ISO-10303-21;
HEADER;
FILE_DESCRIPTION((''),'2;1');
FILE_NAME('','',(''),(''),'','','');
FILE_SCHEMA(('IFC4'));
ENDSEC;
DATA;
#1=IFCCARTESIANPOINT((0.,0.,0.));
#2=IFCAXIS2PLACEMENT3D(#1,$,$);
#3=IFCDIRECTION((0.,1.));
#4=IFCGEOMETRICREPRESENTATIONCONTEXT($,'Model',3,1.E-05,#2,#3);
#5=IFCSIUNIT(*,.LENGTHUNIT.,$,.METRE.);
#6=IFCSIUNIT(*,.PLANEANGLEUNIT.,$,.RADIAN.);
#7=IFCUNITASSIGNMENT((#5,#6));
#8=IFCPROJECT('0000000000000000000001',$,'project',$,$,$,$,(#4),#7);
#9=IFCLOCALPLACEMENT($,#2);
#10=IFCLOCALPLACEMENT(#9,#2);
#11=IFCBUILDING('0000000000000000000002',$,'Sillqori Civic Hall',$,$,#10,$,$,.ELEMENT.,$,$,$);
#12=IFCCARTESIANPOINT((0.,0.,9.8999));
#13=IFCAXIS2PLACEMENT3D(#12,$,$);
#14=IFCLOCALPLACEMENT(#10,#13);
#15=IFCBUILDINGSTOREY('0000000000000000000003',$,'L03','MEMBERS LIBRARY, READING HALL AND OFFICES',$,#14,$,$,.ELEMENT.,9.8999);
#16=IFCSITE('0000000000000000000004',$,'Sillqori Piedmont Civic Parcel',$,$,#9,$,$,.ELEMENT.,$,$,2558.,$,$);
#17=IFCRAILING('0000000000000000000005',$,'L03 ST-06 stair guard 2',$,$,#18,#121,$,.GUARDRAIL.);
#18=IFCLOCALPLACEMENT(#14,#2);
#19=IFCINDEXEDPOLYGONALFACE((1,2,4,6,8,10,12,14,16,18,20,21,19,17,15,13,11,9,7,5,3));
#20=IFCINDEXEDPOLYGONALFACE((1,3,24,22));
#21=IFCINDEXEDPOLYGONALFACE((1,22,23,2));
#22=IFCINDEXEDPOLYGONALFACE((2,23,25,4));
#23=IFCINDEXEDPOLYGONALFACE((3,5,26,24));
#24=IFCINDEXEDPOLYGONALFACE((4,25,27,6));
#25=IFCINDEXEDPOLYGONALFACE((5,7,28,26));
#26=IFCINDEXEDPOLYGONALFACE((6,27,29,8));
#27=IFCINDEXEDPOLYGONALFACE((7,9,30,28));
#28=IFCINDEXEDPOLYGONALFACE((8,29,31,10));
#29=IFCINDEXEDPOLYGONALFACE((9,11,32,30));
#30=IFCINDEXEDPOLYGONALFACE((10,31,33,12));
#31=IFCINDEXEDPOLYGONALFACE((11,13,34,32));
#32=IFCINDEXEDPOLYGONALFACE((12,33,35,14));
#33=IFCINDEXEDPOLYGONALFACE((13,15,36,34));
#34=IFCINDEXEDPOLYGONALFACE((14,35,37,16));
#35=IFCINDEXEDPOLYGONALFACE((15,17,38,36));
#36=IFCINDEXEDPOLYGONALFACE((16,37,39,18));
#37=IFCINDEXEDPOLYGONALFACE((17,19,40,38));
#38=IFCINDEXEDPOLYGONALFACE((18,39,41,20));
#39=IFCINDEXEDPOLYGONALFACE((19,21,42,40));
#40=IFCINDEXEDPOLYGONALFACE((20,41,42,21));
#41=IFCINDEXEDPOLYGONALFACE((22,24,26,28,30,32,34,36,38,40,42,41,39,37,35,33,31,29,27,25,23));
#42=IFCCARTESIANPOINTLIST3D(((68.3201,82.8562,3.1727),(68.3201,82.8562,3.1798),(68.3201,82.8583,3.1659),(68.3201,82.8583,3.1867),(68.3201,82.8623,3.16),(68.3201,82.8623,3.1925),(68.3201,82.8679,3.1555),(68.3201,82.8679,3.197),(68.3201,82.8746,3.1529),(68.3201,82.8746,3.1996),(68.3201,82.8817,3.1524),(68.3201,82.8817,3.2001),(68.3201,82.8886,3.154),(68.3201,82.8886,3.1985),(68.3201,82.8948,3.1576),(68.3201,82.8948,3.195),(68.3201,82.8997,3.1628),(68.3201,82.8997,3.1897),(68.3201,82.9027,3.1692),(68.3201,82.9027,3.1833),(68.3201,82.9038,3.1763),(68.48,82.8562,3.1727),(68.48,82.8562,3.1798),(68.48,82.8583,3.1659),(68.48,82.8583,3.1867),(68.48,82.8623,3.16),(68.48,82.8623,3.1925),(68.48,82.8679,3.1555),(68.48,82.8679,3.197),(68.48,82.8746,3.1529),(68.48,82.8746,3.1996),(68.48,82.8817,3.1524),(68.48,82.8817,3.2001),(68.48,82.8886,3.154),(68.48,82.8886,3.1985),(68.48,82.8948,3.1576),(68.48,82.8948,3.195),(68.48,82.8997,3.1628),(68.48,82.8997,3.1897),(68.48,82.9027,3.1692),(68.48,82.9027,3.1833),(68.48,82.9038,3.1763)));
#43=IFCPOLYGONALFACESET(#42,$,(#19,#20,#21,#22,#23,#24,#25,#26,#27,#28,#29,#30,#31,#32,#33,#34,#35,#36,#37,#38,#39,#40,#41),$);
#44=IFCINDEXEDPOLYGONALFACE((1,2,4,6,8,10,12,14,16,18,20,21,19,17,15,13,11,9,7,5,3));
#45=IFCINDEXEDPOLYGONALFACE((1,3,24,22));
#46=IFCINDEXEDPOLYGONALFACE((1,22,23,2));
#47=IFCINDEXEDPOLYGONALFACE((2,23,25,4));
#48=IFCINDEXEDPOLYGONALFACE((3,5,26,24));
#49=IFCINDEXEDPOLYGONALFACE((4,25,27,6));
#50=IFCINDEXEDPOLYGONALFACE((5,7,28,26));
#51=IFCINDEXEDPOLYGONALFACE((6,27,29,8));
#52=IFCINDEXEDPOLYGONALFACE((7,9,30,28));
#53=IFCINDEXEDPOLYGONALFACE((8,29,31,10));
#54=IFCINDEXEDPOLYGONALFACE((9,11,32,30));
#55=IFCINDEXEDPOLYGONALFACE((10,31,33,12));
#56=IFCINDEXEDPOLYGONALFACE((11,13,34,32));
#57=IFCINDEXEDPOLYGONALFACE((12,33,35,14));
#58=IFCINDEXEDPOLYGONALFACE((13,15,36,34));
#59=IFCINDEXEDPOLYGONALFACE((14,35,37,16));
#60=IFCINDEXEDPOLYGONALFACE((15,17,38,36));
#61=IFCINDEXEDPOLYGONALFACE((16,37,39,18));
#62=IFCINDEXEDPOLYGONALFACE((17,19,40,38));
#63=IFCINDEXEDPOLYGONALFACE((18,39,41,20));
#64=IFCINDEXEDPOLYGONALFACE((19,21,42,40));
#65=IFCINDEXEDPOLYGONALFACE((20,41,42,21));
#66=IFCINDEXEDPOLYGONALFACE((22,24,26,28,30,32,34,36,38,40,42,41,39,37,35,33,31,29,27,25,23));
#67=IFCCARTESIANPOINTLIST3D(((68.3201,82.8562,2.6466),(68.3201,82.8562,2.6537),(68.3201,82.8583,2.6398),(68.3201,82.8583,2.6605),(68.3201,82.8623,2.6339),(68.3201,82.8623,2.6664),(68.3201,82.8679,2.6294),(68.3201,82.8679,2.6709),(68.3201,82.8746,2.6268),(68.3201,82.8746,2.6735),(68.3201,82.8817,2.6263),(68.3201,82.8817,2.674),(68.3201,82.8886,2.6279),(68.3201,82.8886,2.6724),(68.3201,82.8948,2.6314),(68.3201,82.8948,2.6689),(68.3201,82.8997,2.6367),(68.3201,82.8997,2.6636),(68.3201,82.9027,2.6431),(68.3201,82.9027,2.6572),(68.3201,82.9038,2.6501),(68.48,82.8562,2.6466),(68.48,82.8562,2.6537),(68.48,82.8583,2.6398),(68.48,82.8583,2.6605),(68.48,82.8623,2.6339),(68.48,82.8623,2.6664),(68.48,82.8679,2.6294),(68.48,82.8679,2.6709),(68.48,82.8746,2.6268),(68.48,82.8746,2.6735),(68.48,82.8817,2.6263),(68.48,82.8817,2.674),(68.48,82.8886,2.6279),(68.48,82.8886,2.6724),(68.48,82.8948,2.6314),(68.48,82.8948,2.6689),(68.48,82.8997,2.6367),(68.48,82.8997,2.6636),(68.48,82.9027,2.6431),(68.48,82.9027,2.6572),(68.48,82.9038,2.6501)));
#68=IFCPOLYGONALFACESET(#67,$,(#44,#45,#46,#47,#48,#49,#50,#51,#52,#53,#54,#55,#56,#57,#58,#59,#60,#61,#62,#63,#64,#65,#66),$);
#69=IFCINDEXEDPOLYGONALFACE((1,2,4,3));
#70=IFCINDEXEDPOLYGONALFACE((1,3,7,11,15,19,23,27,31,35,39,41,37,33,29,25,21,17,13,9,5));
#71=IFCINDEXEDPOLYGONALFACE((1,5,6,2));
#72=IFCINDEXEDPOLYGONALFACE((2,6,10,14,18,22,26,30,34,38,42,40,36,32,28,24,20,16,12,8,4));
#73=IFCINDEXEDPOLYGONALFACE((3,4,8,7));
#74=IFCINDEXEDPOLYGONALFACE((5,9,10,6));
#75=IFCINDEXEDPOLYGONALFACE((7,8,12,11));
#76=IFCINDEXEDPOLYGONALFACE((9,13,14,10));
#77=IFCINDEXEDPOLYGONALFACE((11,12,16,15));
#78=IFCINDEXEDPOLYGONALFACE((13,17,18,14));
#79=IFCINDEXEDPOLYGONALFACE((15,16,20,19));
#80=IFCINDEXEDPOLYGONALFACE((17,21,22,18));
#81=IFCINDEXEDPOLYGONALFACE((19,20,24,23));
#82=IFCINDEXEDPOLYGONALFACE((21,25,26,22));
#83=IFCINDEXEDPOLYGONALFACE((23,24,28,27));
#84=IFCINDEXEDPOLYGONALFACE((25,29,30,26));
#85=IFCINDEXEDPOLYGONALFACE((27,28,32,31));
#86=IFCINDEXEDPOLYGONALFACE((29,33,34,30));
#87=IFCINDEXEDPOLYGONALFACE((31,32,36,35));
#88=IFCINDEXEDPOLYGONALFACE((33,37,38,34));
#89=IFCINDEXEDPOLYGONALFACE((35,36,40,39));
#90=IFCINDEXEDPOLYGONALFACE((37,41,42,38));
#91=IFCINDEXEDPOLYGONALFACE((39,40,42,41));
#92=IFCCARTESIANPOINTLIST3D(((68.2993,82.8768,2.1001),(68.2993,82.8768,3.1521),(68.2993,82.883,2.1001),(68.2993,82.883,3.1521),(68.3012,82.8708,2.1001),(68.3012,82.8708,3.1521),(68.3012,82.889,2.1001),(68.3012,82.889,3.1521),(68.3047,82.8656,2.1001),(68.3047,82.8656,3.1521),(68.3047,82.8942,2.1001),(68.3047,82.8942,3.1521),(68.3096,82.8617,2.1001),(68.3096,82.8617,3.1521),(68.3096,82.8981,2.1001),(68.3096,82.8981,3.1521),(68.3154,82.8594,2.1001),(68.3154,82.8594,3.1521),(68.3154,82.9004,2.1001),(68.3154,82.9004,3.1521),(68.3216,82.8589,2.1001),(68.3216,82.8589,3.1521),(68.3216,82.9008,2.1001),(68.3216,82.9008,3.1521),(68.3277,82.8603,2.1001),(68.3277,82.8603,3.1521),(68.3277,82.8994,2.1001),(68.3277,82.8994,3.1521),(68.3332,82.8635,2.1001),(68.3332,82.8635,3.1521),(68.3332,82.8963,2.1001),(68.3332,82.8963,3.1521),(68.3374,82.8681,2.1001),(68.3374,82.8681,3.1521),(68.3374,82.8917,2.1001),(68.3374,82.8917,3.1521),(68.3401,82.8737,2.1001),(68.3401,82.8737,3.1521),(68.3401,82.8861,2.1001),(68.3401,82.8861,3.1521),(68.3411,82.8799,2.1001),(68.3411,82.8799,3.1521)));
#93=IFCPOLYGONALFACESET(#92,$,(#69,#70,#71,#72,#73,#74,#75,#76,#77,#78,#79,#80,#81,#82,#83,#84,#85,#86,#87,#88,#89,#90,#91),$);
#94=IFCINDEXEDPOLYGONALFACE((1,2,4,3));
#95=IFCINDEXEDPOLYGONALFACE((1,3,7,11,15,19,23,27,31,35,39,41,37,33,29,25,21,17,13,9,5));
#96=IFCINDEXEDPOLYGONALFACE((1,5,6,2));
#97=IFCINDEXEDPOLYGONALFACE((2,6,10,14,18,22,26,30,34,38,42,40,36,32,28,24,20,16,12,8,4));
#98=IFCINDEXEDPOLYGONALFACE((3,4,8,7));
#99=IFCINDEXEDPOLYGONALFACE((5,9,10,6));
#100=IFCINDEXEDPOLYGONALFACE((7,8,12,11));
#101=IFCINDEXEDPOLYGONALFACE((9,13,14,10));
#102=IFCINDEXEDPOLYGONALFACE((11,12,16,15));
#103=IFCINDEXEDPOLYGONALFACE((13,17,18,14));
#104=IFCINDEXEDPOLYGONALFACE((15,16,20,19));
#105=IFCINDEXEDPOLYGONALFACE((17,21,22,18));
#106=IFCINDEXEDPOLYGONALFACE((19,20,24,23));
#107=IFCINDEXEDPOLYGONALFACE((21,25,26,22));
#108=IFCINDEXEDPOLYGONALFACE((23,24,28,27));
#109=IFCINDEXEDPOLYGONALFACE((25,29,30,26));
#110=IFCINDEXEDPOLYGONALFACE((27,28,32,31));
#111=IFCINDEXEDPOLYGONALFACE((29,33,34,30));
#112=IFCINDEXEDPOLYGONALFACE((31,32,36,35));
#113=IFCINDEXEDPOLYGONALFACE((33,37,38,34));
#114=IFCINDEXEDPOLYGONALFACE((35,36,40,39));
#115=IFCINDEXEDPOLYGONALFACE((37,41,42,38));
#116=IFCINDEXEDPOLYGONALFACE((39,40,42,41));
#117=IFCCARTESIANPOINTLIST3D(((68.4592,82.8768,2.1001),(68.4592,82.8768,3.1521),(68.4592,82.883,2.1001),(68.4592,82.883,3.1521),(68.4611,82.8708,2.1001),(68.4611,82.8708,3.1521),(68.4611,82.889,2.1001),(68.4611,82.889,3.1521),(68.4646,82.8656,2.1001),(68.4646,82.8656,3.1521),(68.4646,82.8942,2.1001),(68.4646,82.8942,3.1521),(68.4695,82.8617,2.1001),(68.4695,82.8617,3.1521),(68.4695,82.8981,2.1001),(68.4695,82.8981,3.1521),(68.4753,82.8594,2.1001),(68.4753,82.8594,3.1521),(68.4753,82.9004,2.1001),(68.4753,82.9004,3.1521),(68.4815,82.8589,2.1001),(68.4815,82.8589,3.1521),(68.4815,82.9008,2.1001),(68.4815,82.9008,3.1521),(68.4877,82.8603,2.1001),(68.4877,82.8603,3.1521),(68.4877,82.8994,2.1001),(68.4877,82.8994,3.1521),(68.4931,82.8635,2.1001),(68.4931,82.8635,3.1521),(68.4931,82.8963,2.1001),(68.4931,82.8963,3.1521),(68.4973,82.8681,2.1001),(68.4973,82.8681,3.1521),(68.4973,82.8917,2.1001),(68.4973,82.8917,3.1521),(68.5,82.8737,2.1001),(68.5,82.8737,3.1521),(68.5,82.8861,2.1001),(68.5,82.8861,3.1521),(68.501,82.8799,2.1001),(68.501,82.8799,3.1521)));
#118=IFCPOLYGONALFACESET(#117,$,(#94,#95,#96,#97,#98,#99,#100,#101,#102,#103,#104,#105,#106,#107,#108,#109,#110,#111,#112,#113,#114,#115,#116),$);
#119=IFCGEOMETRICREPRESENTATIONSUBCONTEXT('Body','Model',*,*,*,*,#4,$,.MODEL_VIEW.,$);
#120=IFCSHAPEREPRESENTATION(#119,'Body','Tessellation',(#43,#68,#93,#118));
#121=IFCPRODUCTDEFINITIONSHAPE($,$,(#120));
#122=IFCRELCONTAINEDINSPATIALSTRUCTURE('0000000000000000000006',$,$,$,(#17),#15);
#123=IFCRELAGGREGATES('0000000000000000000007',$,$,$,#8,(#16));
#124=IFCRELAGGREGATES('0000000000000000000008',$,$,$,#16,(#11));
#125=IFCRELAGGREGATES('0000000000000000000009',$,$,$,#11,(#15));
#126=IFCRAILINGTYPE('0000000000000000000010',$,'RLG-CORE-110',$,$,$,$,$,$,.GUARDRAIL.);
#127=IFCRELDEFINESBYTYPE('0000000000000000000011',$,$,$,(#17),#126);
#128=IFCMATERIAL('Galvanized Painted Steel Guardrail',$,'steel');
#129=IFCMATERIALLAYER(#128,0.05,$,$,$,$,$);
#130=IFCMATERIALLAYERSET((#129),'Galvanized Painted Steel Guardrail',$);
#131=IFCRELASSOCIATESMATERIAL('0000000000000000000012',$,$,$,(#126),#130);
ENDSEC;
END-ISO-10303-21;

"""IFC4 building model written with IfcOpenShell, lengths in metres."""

from ifc_helpers import new_model, si_unit, direction, frame, origin, origin_2d, place, context, subcontext, project, spatial, circle, extrude, material, layer, layer_set, type_object, element, save


model = new_model("IFC4")

# Units and contexts
model_context = context("Model", 3, precision=1e-05, world=origin(), true_north=direction((0.0, 1.0)))
body_context = subcontext(model_context, "Body", "Model", "MODEL_VIEW")
ifc_project = project(units=[si_unit("LENGTHUNIT", "METRE"), si_unit("PLANEANGLEUNIT", "RADIAN")], contexts=[model_context])

# Site, building, storey
site_placement = place(None, origin())
site = spatial("IfcSite", under=ifc_project, at=site_placement, Name="Sillqori Piedmont Civic Parcel", CompositionType="ELEMENT", RefElevation=2558.0)
building_placement = place(site_placement, origin())
building = spatial("IfcBuilding", under=site, at=building_placement, Name="Sillqori Civic Hall", CompositionType="ELEMENT")
storey_placement = place(building_placement, frame((0.0, 0.0, 9.8999)))
storey = spatial("IfcBuildingStorey", under=building, at=storey_placement, Name="L03", Description="MEMBERS LIBRARY, READING HALL AND OFFICES", CompositionType="ELEMENT", Elevation=9.8999)

# Railing
ifc_material_1 = material(Name="Galvanized Painted Steel Guardrail", Category="steel")
ifc_layer_1 = layer(ifc_material_1, 0.05)
ifc_layer_set_1 = layer_set([ifc_layer_1], Name="Galvanized Painted Steel Guardrail")
railing_type_1 = type_object("IfcRailingType", Name="RLG-CORE-110", PredefinedType="GUARDRAIL", material=ifc_layer_set_1)
railing_1_placement = place(storey_placement, frame((68.3201, 82.8799, 2.1001)))
element("IfcRailing", 1, at=railing_1_placement, inside=storey, type_object=railing_type_1, Name="L03 ST-06 stair guard 2", PredefinedType="GUARDRAIL", context=body_context, shape_type="SweptSolid", body=[
    extrude(circle(Radius=0.0239, at=origin_2d()), frame((0.0, 0.0, 1.0762), z_axis=(1.0, 0.0, 0.0), x_axis=(0.0, 1.0, 0.0)), (0.0, 0.0, 1.0), 0.1599),
    extrude(circle(Radius=0.0239, at=origin_2d()), frame((0.0, 0.0, 0.55), z_axis=(1.0, 0.0, 0.0), x_axis=(0.0, 1.0, 0.0)), (0.0, 0.0, 1.0), 0.1599),
    extrude(circle(Radius=0.021, at=origin_2d()), origin(), (0.0, 0.0, 1.0), 1.052),
    extrude(circle(Radius=0.021, at=origin_2d()), frame((0.1599, 0.0, 0.0)), (0.0, 0.0, 1.0), 1.052),
])

save(model, "model.ifc")
